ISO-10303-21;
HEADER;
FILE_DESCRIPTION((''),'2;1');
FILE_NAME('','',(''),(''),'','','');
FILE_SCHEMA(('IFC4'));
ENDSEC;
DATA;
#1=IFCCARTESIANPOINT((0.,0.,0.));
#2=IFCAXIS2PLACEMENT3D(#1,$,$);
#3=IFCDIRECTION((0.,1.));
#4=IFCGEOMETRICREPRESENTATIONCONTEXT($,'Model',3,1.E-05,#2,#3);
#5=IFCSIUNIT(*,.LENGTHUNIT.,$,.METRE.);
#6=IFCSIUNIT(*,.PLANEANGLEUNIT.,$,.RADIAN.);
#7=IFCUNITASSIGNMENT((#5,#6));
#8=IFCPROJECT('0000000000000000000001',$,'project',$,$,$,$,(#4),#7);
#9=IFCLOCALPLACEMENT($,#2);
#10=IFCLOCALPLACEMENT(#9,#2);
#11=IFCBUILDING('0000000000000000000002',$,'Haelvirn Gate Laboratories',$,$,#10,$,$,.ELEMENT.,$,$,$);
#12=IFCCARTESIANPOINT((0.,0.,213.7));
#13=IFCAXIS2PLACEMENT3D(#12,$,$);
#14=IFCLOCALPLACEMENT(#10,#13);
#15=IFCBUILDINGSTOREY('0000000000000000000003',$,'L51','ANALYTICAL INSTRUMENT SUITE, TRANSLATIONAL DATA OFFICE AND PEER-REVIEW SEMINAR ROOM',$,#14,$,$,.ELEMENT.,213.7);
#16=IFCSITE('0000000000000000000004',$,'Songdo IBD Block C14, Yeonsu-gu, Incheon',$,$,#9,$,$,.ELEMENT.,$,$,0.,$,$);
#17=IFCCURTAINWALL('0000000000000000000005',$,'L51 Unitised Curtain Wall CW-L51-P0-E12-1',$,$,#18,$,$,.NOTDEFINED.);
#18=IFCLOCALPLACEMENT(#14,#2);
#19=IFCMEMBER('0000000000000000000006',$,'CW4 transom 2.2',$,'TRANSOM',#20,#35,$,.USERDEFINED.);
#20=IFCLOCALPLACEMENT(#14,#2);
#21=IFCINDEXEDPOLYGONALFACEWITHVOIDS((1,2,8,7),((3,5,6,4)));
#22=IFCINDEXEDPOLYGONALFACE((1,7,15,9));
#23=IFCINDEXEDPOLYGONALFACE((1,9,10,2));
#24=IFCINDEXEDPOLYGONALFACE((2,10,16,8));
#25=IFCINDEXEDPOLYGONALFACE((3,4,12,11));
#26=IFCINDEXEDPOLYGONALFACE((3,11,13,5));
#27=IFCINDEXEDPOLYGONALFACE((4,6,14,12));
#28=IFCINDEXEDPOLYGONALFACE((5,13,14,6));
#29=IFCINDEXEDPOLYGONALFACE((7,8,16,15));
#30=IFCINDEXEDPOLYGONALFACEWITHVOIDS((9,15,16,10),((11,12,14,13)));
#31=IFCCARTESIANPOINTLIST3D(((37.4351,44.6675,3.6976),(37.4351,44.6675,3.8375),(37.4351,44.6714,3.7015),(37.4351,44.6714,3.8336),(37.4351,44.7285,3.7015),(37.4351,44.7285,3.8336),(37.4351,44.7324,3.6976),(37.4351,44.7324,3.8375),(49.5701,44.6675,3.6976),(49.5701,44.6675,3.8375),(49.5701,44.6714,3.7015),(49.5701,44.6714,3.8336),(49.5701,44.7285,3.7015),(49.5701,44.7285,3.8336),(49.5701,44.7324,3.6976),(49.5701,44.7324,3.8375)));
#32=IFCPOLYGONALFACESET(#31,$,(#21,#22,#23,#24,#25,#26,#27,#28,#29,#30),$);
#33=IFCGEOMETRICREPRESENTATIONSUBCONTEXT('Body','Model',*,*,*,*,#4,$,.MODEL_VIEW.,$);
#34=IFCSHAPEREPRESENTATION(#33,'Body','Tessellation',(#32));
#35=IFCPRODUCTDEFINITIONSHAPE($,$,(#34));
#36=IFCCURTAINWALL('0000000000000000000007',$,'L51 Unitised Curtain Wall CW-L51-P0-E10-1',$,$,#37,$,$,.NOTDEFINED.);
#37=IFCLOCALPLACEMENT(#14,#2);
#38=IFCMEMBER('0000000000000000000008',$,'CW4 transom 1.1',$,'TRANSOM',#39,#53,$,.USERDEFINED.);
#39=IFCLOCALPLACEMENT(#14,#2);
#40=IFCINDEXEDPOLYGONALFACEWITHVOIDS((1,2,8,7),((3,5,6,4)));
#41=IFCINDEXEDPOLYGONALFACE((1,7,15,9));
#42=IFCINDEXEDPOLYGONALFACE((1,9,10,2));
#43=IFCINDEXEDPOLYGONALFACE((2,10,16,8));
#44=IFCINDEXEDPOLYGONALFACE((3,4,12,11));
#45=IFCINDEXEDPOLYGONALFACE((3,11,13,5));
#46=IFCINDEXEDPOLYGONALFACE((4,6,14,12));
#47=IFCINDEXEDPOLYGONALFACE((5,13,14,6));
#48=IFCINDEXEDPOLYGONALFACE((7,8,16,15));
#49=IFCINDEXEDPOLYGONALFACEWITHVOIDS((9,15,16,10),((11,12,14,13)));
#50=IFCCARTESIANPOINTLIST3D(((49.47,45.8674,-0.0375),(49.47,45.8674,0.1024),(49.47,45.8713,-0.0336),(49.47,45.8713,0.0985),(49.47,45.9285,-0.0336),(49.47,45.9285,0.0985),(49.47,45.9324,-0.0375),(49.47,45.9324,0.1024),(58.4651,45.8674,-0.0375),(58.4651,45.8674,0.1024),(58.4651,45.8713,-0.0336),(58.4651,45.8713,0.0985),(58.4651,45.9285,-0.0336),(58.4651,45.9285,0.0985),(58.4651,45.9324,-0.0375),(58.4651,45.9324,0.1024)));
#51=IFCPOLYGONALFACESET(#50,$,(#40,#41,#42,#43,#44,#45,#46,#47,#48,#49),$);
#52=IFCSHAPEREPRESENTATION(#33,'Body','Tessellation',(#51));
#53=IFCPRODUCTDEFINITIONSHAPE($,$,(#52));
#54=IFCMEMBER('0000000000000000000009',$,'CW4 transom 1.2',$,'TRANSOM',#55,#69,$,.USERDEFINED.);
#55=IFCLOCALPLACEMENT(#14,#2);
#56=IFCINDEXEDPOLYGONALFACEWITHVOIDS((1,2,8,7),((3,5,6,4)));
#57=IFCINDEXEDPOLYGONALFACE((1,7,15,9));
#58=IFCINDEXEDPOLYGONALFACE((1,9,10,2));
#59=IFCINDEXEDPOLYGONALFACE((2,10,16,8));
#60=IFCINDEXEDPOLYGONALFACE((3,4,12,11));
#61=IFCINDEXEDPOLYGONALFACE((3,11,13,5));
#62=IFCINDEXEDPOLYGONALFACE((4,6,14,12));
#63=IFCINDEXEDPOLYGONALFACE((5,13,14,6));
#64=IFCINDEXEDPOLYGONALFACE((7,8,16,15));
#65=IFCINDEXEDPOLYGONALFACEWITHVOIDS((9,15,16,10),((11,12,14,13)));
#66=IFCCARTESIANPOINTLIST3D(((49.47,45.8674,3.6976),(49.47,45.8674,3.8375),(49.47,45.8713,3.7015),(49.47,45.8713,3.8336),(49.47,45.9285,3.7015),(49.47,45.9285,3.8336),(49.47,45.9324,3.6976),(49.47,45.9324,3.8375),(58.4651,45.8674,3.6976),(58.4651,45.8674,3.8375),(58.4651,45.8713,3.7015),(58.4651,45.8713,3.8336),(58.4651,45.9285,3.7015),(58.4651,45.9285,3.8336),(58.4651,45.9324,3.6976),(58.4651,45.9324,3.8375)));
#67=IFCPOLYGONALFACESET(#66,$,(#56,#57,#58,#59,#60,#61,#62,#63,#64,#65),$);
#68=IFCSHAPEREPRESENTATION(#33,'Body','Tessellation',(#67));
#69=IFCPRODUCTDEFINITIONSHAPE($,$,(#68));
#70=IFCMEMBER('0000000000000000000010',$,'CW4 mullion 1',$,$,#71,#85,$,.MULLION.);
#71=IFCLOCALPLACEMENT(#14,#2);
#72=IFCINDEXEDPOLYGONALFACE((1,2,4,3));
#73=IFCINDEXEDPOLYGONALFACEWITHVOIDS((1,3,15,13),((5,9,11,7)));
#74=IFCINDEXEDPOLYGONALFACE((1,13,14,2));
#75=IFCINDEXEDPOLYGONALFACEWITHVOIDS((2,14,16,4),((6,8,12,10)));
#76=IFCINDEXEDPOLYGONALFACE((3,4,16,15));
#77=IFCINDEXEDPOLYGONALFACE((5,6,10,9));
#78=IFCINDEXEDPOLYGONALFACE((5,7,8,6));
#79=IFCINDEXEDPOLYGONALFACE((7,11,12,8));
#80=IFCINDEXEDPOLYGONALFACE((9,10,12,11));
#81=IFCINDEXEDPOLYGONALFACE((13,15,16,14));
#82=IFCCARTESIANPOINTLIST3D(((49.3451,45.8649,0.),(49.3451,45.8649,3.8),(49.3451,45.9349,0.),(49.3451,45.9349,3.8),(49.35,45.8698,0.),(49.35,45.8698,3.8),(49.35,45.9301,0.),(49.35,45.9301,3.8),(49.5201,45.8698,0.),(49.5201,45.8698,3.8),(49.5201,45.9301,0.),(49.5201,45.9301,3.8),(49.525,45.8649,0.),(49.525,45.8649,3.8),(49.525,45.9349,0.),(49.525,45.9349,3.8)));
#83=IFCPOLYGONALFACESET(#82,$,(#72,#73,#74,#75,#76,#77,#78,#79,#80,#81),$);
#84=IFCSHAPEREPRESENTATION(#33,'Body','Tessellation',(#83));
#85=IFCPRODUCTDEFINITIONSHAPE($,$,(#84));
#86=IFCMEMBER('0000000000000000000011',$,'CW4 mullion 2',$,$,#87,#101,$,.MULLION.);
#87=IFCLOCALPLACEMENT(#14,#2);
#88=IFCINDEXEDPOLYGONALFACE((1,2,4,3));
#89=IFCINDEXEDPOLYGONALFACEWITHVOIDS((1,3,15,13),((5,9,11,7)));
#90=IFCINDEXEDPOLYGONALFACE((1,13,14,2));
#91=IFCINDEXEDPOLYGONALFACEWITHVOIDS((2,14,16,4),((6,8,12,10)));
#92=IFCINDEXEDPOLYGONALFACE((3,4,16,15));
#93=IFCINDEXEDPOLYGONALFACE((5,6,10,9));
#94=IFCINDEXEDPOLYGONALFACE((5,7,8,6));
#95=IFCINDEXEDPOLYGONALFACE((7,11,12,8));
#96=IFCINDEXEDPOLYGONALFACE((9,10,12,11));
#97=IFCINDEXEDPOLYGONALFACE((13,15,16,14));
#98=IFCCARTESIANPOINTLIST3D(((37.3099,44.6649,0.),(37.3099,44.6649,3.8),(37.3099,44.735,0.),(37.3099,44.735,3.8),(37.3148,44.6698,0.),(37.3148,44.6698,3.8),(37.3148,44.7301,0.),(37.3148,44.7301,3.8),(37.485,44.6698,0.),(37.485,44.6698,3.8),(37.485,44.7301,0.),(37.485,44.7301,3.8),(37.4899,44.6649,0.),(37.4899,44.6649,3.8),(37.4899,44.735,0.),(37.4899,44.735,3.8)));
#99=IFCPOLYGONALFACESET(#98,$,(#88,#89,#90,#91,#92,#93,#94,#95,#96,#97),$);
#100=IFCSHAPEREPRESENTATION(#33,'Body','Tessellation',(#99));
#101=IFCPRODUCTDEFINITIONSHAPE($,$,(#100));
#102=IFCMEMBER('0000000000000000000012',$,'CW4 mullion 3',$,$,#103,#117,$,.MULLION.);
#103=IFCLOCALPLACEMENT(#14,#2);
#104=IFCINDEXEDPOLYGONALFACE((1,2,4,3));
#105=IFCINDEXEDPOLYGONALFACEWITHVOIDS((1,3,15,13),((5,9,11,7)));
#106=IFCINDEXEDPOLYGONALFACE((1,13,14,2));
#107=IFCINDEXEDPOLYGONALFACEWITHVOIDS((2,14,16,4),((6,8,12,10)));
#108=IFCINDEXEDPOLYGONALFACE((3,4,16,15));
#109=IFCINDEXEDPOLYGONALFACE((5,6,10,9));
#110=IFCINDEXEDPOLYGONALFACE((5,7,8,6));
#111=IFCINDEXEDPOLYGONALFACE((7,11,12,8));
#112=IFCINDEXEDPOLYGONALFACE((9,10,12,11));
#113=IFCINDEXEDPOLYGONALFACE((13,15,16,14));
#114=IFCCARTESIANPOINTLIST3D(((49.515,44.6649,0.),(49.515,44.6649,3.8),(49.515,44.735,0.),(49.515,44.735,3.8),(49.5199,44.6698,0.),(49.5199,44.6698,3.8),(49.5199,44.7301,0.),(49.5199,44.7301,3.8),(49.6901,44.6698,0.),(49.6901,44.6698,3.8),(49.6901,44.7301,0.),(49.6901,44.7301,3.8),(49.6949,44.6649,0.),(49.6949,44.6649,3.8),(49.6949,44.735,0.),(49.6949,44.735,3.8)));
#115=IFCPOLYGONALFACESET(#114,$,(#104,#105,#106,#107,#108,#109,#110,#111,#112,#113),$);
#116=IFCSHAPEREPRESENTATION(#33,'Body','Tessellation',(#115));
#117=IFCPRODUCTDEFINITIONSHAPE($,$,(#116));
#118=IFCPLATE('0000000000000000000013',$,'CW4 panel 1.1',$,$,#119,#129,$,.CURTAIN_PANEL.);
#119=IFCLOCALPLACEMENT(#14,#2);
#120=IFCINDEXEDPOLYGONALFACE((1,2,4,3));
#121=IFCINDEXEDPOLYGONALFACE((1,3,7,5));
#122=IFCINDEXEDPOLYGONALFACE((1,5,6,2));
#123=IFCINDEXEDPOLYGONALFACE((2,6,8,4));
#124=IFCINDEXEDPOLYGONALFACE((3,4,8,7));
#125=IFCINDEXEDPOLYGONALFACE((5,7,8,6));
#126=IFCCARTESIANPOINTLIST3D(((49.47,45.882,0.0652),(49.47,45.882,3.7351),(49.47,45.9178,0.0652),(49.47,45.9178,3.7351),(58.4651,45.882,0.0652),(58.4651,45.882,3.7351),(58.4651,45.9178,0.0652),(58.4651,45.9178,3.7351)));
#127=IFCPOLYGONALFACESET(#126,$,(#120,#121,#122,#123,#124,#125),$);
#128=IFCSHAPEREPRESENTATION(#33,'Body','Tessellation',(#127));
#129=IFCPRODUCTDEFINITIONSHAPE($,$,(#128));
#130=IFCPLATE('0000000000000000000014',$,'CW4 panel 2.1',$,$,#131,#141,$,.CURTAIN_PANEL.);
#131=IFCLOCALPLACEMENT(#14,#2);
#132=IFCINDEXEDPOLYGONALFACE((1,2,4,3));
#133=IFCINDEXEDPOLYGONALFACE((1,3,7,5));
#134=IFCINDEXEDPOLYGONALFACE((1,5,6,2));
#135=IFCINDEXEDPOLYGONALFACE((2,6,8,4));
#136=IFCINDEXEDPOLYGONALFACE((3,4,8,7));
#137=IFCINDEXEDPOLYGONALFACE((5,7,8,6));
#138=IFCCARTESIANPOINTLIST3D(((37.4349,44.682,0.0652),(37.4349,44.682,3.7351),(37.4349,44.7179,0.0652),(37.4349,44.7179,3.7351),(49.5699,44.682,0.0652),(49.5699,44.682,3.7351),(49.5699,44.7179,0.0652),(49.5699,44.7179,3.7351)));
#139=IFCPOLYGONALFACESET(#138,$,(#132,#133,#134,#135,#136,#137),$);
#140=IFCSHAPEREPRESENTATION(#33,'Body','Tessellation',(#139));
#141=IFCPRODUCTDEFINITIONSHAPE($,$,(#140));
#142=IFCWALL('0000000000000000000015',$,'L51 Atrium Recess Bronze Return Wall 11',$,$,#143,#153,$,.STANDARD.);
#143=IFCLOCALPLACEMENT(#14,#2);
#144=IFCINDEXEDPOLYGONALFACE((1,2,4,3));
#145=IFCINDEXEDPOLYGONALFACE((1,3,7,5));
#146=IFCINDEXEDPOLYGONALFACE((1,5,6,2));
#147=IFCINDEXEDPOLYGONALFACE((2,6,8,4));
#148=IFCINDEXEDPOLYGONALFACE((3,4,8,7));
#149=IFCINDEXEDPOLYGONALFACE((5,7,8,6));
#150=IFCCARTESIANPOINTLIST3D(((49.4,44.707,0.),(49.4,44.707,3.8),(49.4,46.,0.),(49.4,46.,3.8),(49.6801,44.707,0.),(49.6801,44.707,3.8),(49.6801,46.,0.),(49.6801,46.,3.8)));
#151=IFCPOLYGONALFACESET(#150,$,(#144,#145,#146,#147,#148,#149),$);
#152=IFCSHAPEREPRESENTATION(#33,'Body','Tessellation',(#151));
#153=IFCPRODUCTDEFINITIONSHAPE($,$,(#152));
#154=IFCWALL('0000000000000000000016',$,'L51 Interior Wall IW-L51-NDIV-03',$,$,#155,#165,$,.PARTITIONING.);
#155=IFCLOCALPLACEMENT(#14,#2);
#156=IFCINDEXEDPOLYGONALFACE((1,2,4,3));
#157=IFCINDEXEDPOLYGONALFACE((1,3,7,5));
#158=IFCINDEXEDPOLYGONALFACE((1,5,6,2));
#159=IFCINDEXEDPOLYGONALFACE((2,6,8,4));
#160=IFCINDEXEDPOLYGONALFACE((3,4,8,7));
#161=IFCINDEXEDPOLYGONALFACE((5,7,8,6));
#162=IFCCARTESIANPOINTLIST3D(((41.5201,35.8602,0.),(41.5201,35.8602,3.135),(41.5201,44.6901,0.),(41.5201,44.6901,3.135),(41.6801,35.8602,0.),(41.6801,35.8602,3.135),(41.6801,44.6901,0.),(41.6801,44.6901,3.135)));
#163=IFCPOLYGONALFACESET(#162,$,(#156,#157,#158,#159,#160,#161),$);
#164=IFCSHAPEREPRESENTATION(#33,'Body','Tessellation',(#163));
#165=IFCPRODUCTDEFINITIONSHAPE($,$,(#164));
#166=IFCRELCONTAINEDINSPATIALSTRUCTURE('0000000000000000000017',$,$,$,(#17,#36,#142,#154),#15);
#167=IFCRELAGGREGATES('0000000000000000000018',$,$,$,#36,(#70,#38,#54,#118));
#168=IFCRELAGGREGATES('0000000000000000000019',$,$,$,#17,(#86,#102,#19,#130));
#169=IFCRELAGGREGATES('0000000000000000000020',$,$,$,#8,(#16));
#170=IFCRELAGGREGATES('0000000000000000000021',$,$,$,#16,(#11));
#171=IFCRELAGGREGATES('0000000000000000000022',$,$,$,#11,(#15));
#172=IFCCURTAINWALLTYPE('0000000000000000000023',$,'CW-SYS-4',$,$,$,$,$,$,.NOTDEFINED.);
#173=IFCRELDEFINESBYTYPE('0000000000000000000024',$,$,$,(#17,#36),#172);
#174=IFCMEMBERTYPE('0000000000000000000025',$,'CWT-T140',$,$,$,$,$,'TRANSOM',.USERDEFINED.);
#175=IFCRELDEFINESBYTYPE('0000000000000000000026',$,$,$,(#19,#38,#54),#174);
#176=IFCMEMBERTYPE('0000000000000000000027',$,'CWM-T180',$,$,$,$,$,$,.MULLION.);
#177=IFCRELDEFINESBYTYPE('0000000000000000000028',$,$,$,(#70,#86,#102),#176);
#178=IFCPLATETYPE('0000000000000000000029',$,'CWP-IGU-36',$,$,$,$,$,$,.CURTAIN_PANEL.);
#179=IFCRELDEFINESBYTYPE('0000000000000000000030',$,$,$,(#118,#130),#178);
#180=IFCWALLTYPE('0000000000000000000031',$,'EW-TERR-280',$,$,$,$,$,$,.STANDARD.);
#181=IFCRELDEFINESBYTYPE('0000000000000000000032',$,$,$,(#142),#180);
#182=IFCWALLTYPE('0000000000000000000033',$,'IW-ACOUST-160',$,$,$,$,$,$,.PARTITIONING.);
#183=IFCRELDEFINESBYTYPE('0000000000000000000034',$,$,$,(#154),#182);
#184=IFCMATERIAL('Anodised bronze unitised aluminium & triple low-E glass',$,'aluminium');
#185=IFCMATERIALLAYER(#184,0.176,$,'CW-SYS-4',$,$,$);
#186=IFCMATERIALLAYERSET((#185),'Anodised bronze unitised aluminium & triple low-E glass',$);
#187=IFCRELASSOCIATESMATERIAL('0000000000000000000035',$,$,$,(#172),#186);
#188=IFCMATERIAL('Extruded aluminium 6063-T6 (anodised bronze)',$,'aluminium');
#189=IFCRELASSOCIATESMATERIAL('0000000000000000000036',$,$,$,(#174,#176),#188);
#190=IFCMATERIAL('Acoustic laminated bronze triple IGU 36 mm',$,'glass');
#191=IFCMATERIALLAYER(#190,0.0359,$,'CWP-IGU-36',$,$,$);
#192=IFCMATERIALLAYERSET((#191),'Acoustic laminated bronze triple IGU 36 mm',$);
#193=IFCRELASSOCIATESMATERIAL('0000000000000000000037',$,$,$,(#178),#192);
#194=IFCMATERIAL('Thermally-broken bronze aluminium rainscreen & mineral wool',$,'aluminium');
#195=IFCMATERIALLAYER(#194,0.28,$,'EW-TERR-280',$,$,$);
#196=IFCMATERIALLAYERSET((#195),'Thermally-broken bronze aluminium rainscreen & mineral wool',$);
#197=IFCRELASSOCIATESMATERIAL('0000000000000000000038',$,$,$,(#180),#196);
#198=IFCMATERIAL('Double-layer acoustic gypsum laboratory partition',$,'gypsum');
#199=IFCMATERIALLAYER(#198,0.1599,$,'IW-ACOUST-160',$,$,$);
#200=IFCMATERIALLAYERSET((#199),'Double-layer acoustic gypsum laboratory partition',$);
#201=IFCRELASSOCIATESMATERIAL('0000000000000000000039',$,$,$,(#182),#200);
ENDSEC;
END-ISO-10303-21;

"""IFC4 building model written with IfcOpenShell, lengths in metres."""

from ifc_helpers import new_model, si_unit, direction, frame, frame_2d, origin, origin_2d, place, context, subcontext, project, spatial, rectangle, hollow_rectangle, extrude, source, transform, mapped, material, layer, layer_set, material_profile, profile_set, type_object, type_shapes, element, aggregate, save


model = new_model("IFC4")

# Units and contexts
model_context = context("Model", 3, precision=1e-05, world=origin(), true_north=direction((0.0, 1.0)))
body_context = subcontext(model_context, "Body", "Model", "MODEL_VIEW")
ifc_project = project(units=[si_unit("LENGTHUNIT", "METRE"), si_unit("PLANEANGLEUNIT", "RADIAN")], contexts=[model_context])

# Site, building, storey
site_placement = place(None, origin())
site = spatial("IfcSite", under=ifc_project, at=site_placement, Name="Songdo IBD Block C14, Yeonsu-gu, Incheon", CompositionType="ELEMENT", RefElevation=0.0)
building_placement = place(site_placement, origin())
building = spatial("IfcBuilding", under=site, at=building_placement, Name="Haelvirn Gate Laboratories", CompositionType="ELEMENT")
storey_placement = place(building_placement, frame((0.0, 0.0, 213.7)))
storey = spatial("IfcBuildingStorey", under=building, at=storey_placement, Name="L51", Description="ANALYTICAL INSTRUMENT SUITE, TRANSLATIONAL DATA OFFICE AND PEER-REVIEW SEMINAR ROOM", CompositionType="ELEMENT", Elevation=213.7)

# Curtain walls, members
ifc_material_1 = material(Name="Anodised bronze unitised aluminium & triple low-E glass", Category="aluminium")
ifc_layer_1 = layer(ifc_material_1, 0.176, Name="CW-SYS-4")
ifc_layer_set_1 = layer_set([ifc_layer_1], Name="Anodised bronze unitised aluminium & triple low-E glass")
curtain_wall_type = type_object("IfcCurtainWallType", Name="CW-SYS-4", PredefinedType="NOTDEFINED", material=ifc_layer_set_1)
curtain_wall_1_placement = place(storey_placement, origin())
curtain_wall_1 = element("IfcCurtainWall", 1, at=curtain_wall_1_placement, inside=storey, type_object=curtain_wall_type, Name="L51 Unitised Curtain Wall CW-L51-P0-E12-1", PredefinedType="NOTDEFINED")
ifc_material_2 = material(Name="Extruded aluminium 6063-T6 (anodised bronze)", Category="aluminium")
ifc_material_profile_1 = material_profile(ifc_material_2, hollow_rectangle(XDim=0.0649, YDim=0.1399, WallThickness=0.0039, at=origin_2d()), Name="CWT-140x65x4")
ifc_profile_set_1 = profile_set([ifc_material_profile_1], Name="Extruded aluminium 6063-T6 (anodised bronze)")
member_type_1 = type_object("IfcMemberType", Name="CWT-T140", ElementType="TRANSOM", PredefinedType="USERDEFINED", material=ifc_profile_set_1)
shared_shape_1 = source(origin(), body_context, "Body", "SweptSolid", [
    extrude(hollow_rectangle(XDim=0.0649, YDim=0.1399, WallThickness=0.0039, at=origin_2d()), origin(), (0.0, 0.0, 1.0), 12.135),
])
member_1_placement = place(storey_placement, frame((37.4351, 44.7, 3.7676), z_axis=(1.0, 0.0, 0.0), x_axis=(0.0, 1.0, 0.0)))
member_1 = element("IfcMember", 2, at=member_1_placement, type_object=member_type_1, Name="CW4 transom 2.2", ObjectType="TRANSOM", PredefinedType="USERDEFINED", context=body_context, shape_type="MappedRepresentation", body=[
    mapped(shared_shape_1, transform((0.0, 0.0, 0.0), scale=1.0)),
])
curtain_wall_2_placement = place(storey_placement, origin())
curtain_wall_2 = element("IfcCurtainWall", 3, at=curtain_wall_2_placement, inside=storey, type_object=curtain_wall_type, Name="L51 Unitised Curtain Wall CW-L51-P0-E10-1", PredefinedType="NOTDEFINED")
shared_shape_2 = source(origin(), body_context, "Body", "SweptSolid", [
    extrude(hollow_rectangle(XDim=0.0649, YDim=0.1399, WallThickness=0.0039, at=origin_2d()), origin(), (0.0, 0.0, 1.0), 8.9951),
])
type_shapes(member_type_1, [shared_shape_1, shared_shape_2])
member_2_placement = place(storey_placement, frame((49.47, 45.8999, 0.0325), z_axis=(1.0, 0.0, 0.0), x_axis=(0.0, 1.0, 0.0)))
member_2 = element("IfcMember", 4, at=member_2_placement, type_object=member_type_1, Name="CW4 transom 1.1", ObjectType="TRANSOM", PredefinedType="USERDEFINED", context=body_context, shape_type="MappedRepresentation", body=[
    mapped(shared_shape_2, transform((0.0, 0.0, 0.0), scale=1.0)),
])
member_3_placement = place(storey_placement, frame((49.47, 45.8999, 3.7676), z_axis=(1.0, 0.0, 0.0), x_axis=(0.0, 1.0, 0.0)))
member_3 = element("IfcMember", 5, at=member_3_placement, type_object=member_type_1, Name="CW4 transom 1.2", ObjectType="TRANSOM", PredefinedType="USERDEFINED", context=body_context, shape_type="MappedRepresentation", body=[
    mapped(shared_shape_2, transform((0.0, 0.0, 0.0), scale=1.0)),
])
ifc_material_profile_2 = material_profile(ifc_material_2, hollow_rectangle(XDim=0.0701, YDim=0.1799, WallThickness=0.0049, at=origin_2d()), Name="CWM-180x70x5")
ifc_profile_set_2 = profile_set([ifc_material_profile_2], Name="Extruded aluminium 6063-T6 (anodised bronze)")
member_type_2 = type_object("IfcMemberType", Name="CWM-T180", PredefinedType="MULLION", material=ifc_profile_set_2)
shared_shape_3 = source(origin(), body_context, "Body", "SweptSolid", [
    extrude(hollow_rectangle(XDim=0.0701, YDim=0.1799, WallThickness=0.0049, at=origin_2d()), origin(), (0.0, 0.0, 1.0), 3.8),
])
type_shapes(member_type_2, [shared_shape_3])
member_4_placement = place(storey_placement, frame((49.4351, 45.8999, 0.0), z_axis=(0.0, 0.0, 1.0), x_axis=(0.0, 1.0, 0.0)))
member_4 = element("IfcMember", 6, at=member_4_placement, type_object=member_type_2, Name="CW4 mullion 1", PredefinedType="MULLION", context=body_context, shape_type="MappedRepresentation", body=[
    mapped(shared_shape_3, transform((0.0, 0.0, 0.0), scale=1.0)),
])

# Members
member_5_placement = place(storey_placement, frame((37.3999, 44.7, 0.0), z_axis=(0.0, 0.0, 1.0), x_axis=(0.0, 1.0, 0.0)))
member_5 = element("IfcMember", 7, at=member_5_placement, type_object=member_type_2, Name="CW4 mullion 2", PredefinedType="MULLION", context=body_context, shape_type="MappedRepresentation", body=[
    mapped(shared_shape_3, transform((0.0, 0.0, 0.0), scale=1.0)),
])
member_6_placement = place(storey_placement, frame((49.605, 44.7, 0.0), z_axis=(0.0, 0.0, 1.0), x_axis=(0.0, 1.0, 0.0)))
member_6 = element("IfcMember", 8, at=member_6_placement, type_object=member_type_2, Name="CW4 mullion 3", PredefinedType="MULLION", context=body_context, shape_type="MappedRepresentation", body=[
    mapped(shared_shape_3, transform((0.0, 0.0, 0.0), scale=1.0)),
])

# Plates
ifc_material_3 = material(Name="Acoustic laminated bronze triple IGU 36 mm", Category="glass")
ifc_layer_2 = layer(ifc_material_3, 0.0359, Name="CWP-IGU-36")
ifc_layer_set_2 = layer_set([ifc_layer_2], Name="Acoustic laminated bronze triple IGU 36 mm")
plate_type = type_object("IfcPlateType", Name="CWP-IGU-36", PredefinedType="CURTAIN_PANEL", material=ifc_layer_set_2)
shared_shape_4 = source(origin(), body_context, "Body", "SweptSolid", [
    extrude(rectangle(XDim=8.9951, YDim=0.0359, at=origin_2d()), origin(), (0.0, 0.0, 1.0), 3.6699),
])
plate_1_placement = place(storey_placement, frame((53.9675, 45.8999, 0.0652), z_axis=(0.0, 0.0, 1.0), x_axis=(1.0, 0.0, 0.0)))
plate_1 = element("IfcPlate", 9, at=plate_1_placement, type_object=plate_type, Name="CW4 panel 1.1", PredefinedType="CURTAIN_PANEL", context=body_context, shape_type="MappedRepresentation", body=[
    mapped(shared_shape_4, transform((0.0, 0.0, 0.0), scale=1.0)),
])
aggregate(curtain_wall_2, [member_4, member_2, member_3, plate_1])
shared_shape_5 = source(origin(), body_context, "Body", "SweptSolid", [
    extrude(rectangle(XDim=12.135, YDim=0.0359, at=origin_2d()), origin(), (0.0, 0.0, 1.0), 3.6699),
])
type_shapes(plate_type, [shared_shape_4, shared_shape_5])
plate_2_placement = place(storey_placement, frame((43.5024, 44.7, 0.0652), z_axis=(0.0, 0.0, 1.0), x_axis=(1.0, 0.0, 0.0)))
plate_2 = element("IfcPlate", 10, at=plate_2_placement, type_object=plate_type, Name="CW4 panel 2.1", PredefinedType="CURTAIN_PANEL", context=body_context, shape_type="MappedRepresentation", body=[
    mapped(shared_shape_5, transform((0.0, 0.0, 0.0), scale=1.0)),
])
aggregate(curtain_wall_1, [member_5, member_6, member_1, plate_2])

# Walls
ifc_material_4 = material(Name="Thermally-broken bronze aluminium rainscreen & mineral wool", Category="aluminium")
ifc_layer_3 = layer(ifc_material_4, 0.28, Name="EW-TERR-280")
ifc_layer_set_3 = layer_set([ifc_layer_3], Name="Thermally-broken bronze aluminium rainscreen & mineral wool")
wall_type_1 = type_object("IfcWallType", Name="EW-TERR-280", PredefinedType="STANDARD", material=ifc_layer_set_3)
wall_1_placement = place(storey_placement, frame((49.54, 46.0, 0.0), z_axis=(0.0, 0.0, 1.0), x_axis=(0.0, -1.0, 0.0)))
element("IfcWall", 11, at=wall_1_placement, inside=storey, type_object=wall_type_1, Name="L51 Atrium Recess Bronze Return Wall 11", PredefinedType="STANDARD", context=body_context, shape_type="SweptSolid", body=[
    extrude(rectangle(XDim=1.293, YDim=0.28, at=frame_2d((0.6465, 0.0))), origin(), (0.0, 0.0, 1.0), 3.8),
])
ifc_material_5 = material(Name="Double-layer acoustic gypsum laboratory partition", Category="gypsum")
ifc_layer_4 = layer(ifc_material_5, 0.1599, Name="IW-ACOUST-160")
ifc_layer_set_4 = layer_set([ifc_layer_4], Name="Double-layer acoustic gypsum laboratory partition")
wall_type_2 = type_object("IfcWallType", Name="IW-ACOUST-160", PredefinedType="PARTITIONING", material=ifc_layer_set_4)
wall_2_placement = place(storey_placement, frame((41.6001, 35.8601, 0.0), z_axis=(0.0, 0.0, 1.0), x_axis=(0.0, 1.0, 0.0)))
element("IfcWall", 12, at=wall_2_placement, inside=storey, type_object=wall_type_2, Name="L51 Interior Wall IW-L51-NDIV-03", PredefinedType="PARTITIONING", context=body_context, shape_type="SweptSolid", body=[
    extrude(rectangle(XDim=8.8298, YDim=0.1599, at=frame_2d((4.415, 0.0))), origin(), (0.0, 0.0, 1.0), 3.135),
])

save(model, "model.ifc")
